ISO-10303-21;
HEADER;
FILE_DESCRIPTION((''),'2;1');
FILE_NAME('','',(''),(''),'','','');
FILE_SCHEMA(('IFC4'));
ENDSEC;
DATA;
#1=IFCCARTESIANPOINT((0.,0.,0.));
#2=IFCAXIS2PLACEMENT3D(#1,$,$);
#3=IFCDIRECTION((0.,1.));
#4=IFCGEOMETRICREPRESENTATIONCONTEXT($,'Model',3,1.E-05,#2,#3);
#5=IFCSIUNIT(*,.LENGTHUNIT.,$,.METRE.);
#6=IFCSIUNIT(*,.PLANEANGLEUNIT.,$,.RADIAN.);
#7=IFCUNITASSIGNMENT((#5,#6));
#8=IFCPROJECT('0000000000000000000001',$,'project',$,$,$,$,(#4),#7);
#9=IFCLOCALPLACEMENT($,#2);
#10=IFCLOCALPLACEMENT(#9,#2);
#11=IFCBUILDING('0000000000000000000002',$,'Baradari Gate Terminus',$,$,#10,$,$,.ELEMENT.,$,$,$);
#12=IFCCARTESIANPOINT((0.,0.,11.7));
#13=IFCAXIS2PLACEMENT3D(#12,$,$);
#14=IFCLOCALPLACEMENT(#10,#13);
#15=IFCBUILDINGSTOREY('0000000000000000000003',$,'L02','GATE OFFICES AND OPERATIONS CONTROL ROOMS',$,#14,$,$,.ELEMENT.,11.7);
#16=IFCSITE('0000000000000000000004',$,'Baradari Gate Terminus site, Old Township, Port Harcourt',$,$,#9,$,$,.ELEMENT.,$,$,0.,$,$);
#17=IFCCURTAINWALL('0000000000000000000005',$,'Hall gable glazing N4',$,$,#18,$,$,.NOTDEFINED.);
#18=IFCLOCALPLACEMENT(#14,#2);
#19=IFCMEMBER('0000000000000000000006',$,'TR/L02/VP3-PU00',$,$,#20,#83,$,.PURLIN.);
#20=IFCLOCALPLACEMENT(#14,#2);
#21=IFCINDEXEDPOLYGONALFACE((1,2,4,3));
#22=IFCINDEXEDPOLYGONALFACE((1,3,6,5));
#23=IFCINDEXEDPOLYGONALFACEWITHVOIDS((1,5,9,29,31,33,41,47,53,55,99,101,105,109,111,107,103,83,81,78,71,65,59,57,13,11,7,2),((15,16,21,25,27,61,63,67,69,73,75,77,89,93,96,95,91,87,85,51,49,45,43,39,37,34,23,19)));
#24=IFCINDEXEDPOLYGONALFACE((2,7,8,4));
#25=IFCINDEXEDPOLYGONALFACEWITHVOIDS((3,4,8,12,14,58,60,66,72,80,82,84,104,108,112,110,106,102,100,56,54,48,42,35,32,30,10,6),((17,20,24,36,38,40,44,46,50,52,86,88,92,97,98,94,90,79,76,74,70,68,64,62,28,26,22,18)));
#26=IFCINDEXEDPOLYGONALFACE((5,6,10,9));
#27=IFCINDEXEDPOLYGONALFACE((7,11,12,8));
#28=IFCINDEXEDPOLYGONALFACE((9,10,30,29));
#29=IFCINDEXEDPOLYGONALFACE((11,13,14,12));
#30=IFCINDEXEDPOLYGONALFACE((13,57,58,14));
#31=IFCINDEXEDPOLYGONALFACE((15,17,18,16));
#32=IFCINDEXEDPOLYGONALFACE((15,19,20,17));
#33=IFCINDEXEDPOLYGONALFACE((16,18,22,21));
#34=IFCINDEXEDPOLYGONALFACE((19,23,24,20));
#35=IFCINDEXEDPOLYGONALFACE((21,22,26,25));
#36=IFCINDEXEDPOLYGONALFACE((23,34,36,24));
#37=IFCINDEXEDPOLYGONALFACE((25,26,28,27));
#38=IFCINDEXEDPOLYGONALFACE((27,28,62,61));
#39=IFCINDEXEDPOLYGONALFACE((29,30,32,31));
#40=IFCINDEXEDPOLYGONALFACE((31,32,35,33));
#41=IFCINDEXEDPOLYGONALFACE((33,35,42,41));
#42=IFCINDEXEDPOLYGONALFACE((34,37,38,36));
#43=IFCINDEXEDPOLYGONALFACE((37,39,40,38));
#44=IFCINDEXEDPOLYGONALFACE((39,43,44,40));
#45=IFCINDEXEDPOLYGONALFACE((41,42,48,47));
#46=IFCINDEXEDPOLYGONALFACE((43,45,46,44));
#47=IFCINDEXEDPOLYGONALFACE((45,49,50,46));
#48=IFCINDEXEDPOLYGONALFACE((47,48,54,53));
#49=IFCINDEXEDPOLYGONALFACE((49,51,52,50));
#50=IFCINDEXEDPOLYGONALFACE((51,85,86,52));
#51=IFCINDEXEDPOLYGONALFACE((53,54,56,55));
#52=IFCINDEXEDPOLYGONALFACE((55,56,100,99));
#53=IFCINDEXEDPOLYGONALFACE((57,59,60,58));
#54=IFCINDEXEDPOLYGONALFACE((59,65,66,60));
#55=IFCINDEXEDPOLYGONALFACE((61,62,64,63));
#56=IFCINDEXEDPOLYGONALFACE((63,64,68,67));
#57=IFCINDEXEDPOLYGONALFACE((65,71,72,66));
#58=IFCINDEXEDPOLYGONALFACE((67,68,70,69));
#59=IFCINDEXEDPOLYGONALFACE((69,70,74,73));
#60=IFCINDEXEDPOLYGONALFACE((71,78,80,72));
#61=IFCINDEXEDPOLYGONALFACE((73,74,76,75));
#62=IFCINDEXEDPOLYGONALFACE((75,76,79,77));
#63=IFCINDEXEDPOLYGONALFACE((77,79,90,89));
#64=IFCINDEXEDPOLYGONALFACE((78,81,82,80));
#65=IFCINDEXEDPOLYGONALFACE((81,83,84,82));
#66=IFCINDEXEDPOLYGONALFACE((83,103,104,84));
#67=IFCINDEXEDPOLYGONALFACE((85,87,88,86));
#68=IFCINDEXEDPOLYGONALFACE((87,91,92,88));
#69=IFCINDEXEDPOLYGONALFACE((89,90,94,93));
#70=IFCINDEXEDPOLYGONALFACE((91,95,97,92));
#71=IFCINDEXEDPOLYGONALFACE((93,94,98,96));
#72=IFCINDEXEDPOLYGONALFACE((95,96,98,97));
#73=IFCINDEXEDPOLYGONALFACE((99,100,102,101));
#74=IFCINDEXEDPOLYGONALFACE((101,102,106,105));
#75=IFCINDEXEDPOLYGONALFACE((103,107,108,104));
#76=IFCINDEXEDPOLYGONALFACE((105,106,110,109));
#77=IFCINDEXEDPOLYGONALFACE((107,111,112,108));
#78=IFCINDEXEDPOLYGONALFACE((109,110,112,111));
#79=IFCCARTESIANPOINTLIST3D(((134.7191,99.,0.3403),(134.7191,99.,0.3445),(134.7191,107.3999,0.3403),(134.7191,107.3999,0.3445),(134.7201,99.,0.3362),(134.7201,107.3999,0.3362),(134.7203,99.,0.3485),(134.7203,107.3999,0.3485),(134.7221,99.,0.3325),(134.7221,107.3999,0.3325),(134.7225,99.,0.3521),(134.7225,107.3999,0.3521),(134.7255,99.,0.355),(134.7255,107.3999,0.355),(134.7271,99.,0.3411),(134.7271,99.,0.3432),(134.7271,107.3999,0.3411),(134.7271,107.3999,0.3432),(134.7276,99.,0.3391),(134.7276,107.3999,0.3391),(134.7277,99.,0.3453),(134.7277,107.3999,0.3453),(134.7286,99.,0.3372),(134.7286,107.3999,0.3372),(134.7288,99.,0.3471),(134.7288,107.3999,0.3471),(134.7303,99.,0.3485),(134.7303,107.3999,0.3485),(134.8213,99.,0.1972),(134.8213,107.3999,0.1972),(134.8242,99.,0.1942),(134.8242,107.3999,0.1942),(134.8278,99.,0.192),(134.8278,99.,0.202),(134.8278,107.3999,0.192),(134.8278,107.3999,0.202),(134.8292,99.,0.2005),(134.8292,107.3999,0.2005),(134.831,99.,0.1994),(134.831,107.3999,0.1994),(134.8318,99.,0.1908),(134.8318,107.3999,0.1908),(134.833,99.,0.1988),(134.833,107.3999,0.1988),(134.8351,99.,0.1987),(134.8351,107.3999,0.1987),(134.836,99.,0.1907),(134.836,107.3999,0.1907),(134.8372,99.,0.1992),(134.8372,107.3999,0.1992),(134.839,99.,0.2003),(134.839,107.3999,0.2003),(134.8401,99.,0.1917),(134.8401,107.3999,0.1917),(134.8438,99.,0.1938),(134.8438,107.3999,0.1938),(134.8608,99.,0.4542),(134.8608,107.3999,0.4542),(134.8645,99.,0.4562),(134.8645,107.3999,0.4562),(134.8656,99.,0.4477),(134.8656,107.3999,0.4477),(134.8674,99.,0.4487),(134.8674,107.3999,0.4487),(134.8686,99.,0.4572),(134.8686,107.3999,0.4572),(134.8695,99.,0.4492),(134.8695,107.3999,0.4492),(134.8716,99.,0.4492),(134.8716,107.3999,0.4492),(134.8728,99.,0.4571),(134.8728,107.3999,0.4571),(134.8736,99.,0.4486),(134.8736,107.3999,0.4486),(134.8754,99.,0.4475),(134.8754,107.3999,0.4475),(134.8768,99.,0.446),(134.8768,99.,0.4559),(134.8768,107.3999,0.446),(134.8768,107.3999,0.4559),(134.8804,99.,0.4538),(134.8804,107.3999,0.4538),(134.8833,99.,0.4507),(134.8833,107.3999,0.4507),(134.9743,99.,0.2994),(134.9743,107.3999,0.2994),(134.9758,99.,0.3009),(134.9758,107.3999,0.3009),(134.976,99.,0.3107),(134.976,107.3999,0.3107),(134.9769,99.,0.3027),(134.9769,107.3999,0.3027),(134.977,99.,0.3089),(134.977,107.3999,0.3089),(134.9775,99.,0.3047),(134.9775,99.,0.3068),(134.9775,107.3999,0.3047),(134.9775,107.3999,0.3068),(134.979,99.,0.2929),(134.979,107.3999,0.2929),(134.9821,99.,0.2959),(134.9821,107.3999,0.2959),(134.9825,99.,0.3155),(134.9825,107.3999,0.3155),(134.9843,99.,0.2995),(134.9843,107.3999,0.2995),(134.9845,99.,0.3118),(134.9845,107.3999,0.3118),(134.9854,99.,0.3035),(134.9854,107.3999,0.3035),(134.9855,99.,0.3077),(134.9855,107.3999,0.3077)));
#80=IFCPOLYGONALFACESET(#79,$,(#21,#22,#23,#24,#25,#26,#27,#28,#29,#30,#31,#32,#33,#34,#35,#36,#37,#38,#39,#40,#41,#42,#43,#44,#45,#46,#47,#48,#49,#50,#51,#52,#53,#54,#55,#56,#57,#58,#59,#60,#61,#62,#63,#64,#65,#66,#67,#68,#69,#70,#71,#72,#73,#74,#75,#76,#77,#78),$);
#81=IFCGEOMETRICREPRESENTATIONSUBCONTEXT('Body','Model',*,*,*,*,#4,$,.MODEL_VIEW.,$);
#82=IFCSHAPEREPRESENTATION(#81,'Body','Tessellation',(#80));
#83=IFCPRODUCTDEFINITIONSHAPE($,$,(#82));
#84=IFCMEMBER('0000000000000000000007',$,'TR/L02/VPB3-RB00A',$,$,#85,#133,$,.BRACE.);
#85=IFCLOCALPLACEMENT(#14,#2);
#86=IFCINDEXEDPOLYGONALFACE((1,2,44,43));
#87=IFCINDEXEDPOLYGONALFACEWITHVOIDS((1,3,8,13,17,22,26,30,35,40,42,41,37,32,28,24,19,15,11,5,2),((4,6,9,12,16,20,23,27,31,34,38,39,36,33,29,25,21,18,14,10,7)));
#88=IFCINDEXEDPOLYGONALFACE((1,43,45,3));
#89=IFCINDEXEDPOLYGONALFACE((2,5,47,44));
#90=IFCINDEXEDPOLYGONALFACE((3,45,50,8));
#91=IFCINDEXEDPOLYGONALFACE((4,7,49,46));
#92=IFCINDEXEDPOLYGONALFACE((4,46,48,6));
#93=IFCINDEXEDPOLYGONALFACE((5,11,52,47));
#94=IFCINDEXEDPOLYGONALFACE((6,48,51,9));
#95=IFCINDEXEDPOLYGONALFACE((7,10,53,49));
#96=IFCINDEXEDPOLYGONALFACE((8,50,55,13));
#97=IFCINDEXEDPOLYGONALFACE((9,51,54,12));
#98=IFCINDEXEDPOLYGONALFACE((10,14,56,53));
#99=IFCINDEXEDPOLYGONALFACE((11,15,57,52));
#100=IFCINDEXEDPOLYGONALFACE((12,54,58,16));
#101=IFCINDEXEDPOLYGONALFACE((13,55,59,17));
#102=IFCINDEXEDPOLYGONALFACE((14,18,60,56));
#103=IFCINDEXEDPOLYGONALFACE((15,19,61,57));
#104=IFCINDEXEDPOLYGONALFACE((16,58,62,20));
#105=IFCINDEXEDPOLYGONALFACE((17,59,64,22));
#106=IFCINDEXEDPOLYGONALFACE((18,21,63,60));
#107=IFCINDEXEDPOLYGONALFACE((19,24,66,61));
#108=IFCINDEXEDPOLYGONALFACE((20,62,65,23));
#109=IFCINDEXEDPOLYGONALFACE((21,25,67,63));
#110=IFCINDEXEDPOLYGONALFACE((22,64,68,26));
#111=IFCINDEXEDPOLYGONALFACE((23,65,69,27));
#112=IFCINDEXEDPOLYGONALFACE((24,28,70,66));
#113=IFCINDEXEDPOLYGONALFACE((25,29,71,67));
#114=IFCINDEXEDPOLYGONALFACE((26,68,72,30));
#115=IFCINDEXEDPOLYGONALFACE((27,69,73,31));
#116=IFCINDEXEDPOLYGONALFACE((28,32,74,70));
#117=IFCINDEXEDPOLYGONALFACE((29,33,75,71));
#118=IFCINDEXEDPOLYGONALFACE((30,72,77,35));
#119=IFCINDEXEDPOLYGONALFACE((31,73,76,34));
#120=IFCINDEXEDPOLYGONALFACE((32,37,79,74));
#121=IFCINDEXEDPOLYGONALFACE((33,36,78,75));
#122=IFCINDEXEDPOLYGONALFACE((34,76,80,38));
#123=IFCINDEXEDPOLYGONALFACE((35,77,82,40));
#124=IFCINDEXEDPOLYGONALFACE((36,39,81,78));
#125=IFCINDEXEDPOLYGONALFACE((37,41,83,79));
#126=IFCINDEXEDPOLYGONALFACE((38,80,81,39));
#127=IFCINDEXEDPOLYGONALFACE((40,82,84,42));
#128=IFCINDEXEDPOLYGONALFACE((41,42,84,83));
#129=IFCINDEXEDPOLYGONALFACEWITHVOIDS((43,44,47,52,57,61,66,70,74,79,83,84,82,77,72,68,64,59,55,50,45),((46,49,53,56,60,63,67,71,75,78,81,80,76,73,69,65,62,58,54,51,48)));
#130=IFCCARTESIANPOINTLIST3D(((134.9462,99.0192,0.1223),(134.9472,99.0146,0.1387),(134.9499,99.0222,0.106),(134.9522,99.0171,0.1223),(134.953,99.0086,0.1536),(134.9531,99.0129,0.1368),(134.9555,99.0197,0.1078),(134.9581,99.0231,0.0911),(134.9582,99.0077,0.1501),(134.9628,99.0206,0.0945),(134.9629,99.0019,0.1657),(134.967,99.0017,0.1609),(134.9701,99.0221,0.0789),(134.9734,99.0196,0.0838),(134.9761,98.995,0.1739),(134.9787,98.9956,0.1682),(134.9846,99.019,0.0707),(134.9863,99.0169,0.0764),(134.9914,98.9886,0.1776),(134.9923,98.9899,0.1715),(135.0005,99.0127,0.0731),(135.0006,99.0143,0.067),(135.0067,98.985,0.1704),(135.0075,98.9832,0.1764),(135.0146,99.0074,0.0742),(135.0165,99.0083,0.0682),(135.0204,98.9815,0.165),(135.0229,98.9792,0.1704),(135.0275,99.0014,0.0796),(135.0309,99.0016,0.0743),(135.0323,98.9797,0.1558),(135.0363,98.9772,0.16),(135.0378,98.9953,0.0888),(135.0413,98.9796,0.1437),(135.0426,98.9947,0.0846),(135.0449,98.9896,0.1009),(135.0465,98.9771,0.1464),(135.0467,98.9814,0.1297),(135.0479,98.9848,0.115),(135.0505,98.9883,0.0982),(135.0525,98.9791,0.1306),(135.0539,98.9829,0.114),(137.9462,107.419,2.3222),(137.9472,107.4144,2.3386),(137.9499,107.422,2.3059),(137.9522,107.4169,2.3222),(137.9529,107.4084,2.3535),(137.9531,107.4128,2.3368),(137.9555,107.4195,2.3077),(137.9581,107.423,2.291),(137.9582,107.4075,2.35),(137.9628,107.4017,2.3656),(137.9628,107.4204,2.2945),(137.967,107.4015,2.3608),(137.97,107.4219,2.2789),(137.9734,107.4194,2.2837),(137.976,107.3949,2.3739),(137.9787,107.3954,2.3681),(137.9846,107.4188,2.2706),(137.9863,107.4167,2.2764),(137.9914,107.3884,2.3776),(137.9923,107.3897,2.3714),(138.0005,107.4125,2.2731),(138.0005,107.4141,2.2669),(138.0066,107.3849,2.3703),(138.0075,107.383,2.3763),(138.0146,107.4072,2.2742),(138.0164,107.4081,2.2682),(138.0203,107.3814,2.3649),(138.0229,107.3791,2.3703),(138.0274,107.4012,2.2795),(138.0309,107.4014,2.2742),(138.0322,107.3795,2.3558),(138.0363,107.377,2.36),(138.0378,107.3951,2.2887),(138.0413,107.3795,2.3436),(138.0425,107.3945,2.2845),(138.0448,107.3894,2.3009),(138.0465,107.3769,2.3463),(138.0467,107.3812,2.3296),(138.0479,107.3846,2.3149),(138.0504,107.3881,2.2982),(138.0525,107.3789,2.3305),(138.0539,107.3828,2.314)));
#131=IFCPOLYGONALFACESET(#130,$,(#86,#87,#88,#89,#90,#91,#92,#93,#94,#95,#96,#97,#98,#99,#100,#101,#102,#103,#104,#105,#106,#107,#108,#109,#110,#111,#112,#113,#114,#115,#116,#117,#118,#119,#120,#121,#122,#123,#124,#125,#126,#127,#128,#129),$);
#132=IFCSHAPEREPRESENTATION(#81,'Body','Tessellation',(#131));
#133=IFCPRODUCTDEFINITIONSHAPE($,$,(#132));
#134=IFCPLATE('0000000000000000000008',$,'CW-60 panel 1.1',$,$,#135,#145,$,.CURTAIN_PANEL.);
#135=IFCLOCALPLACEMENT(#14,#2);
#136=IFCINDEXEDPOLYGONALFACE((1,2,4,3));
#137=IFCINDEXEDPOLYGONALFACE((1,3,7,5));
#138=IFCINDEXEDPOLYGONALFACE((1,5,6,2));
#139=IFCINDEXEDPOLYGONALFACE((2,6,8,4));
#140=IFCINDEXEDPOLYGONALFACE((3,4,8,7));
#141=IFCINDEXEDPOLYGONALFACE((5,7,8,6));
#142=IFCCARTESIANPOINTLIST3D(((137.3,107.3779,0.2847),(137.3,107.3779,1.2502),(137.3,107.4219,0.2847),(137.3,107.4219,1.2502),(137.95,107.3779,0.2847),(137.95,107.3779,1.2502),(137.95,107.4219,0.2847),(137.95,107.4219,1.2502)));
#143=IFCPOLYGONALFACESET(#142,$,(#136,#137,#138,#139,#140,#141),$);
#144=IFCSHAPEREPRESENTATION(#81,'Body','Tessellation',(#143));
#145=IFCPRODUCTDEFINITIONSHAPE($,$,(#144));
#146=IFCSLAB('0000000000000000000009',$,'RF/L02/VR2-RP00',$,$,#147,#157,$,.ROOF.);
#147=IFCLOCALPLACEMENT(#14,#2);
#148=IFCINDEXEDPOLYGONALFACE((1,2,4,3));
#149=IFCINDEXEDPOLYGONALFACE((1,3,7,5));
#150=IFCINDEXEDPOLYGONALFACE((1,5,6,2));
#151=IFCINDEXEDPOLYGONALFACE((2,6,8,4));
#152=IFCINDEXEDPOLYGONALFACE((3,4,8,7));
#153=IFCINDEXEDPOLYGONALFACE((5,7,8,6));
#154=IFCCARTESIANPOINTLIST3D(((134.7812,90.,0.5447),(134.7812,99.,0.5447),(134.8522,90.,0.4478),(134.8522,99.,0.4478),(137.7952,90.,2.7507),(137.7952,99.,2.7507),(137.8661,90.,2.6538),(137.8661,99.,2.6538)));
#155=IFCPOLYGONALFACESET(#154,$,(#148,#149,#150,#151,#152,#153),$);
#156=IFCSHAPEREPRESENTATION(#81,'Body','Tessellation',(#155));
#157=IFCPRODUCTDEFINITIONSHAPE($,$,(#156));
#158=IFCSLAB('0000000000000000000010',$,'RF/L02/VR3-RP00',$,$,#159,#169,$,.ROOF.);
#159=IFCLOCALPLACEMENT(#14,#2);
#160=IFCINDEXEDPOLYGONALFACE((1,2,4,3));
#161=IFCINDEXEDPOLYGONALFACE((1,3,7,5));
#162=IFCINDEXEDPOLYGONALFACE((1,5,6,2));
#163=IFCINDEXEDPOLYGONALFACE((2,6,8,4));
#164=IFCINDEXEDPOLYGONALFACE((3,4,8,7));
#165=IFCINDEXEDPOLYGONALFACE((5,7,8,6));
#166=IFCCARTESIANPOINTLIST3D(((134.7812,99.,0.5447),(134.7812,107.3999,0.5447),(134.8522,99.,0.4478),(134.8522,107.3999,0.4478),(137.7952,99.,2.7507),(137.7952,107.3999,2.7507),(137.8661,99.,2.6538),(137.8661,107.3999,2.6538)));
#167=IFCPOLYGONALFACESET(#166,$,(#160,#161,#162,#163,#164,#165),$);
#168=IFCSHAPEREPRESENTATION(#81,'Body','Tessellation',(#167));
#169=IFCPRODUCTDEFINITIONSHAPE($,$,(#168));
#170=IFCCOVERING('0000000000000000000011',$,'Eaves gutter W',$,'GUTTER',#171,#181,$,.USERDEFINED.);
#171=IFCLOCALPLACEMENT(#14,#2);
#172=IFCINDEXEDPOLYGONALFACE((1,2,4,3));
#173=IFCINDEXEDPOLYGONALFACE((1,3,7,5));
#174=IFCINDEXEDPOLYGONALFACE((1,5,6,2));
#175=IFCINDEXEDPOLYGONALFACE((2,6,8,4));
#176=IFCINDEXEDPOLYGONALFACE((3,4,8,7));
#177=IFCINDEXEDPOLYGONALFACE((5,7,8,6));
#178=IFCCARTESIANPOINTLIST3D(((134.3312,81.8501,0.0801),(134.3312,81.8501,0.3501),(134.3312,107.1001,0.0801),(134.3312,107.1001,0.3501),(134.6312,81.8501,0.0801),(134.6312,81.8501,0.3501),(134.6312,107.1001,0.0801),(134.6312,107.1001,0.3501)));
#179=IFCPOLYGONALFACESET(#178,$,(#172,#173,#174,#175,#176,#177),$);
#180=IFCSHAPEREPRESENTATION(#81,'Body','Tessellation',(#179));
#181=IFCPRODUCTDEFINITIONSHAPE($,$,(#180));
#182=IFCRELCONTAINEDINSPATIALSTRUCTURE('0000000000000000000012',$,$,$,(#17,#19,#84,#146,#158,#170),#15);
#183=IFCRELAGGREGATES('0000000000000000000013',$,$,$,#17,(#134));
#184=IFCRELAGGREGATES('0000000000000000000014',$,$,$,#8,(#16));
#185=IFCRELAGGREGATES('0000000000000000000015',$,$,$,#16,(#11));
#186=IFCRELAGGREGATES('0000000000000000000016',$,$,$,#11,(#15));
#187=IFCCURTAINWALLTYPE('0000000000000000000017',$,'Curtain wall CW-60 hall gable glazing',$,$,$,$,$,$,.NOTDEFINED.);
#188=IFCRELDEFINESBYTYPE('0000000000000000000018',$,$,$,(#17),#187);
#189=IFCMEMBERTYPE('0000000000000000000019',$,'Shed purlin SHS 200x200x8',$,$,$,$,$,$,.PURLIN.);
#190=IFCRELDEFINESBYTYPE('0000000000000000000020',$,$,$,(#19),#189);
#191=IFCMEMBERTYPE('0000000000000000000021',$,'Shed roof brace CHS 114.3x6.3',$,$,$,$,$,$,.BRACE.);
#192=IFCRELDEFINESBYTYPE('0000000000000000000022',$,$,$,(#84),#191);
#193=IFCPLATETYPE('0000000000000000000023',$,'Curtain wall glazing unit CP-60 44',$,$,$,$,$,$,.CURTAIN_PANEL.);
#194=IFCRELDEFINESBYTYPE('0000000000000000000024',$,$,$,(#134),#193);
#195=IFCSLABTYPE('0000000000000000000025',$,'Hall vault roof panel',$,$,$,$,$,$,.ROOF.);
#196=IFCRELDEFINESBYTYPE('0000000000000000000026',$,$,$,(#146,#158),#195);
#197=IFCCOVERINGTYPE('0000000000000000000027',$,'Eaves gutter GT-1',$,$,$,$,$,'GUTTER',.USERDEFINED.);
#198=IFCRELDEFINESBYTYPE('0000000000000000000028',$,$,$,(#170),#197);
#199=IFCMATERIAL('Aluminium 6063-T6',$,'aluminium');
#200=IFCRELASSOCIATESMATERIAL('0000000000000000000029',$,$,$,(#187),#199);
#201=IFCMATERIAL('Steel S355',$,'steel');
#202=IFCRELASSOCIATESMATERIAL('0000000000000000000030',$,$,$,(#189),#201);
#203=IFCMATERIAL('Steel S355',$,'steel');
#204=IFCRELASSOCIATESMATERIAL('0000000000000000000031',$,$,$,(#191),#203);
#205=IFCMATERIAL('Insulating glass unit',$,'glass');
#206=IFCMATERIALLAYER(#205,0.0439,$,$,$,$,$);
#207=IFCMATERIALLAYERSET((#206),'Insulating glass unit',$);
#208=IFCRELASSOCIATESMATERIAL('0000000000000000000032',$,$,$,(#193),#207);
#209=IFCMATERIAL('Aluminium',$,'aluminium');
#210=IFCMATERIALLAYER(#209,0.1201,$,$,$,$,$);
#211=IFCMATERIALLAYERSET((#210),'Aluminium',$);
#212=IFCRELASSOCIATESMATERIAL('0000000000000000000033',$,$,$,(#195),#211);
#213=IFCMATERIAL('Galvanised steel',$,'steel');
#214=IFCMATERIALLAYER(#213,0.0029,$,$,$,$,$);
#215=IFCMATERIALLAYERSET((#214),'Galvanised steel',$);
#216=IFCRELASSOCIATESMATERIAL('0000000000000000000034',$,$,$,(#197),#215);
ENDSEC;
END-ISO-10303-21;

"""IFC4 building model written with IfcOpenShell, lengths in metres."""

from ifc_helpers import new_model, si_unit, direction, frame, origin, origin_2d, place, context, subcontext, project, spatial, polyline, rectangle, hollow_rectangle, hollow_circle, outline, extrude, material, layer, layer_set, material_profile, profile_set, type_object, element, aggregate, save


model = new_model("IFC4")

# Units and contexts
model_context = context("Model", 3, precision=1e-05, world=origin(), true_north=direction((0.0, 1.0)))
body_context = subcontext(model_context, "Body", "Model", "MODEL_VIEW")
ifc_project = project(units=[si_unit("LENGTHUNIT", "METRE"), si_unit("PLANEANGLEUNIT", "RADIAN")], contexts=[model_context])

# Site, building, storey
site_placement = place(None, origin())
site = spatial("IfcSite", under=ifc_project, at=site_placement, Name="Baradari Gate Terminus site, Old Township, Port Harcourt", CompositionType="ELEMENT", RefElevation=0.0)
building_placement = place(site_placement, origin())
building = spatial("IfcBuilding", under=site, at=building_placement, Name="Baradari Gate Terminus", CompositionType="ELEMENT")
storey_placement = place(building_placement, frame((0.0, 0.0, 11.7)))
storey = spatial("IfcBuildingStorey", under=building, at=storey_placement, Name="L02", Description="GATE OFFICES AND OPERATIONS CONTROL ROOMS", CompositionType="ELEMENT", Elevation=11.7)

# Curtain wall
ifc_material_1 = material(Name="Aluminium 6063-T6", Category="aluminium")
curtain_wall_type = type_object("IfcCurtainWallType", Name="Curtain wall CW-60 hall gable glazing", PredefinedType="NOTDEFINED", material=ifc_material_1)
curtain_wall_placement = place(storey_placement, origin())
curtain_wall = element("IfcCurtainWall", 1, at=curtain_wall_placement, inside=storey, type_object=curtain_wall_type, Name="Hall gable glazing N4", PredefinedType="NOTDEFINED")

# Members
ifc_material_2 = material(Name="Steel S355", Category="steel")
ifc_material_profile_1 = material_profile(ifc_material_2, hollow_rectangle(XDim=0.2, YDim=0.2, WallThickness=0.0081, InnerFilletRadius=0.0081, OuterFilletRadius=0.0161, at=origin_2d()), Name="SHS 200x200x8")
ifc_profile_set_1 = profile_set([ifc_material_profile_1], Name="Steel S355")
member_type_1 = type_object("IfcMemberType", Name="Shed purlin SHS 200x200x8", PredefinedType="PURLIN", material=ifc_profile_set_1)
member_1_placement = place(storey_placement, frame((134.8523, 99.0, 0.324), z_axis=(0.0, 1.0, 0.0), x_axis=(-0.806405, 0.0, -0.591364)))
element("IfcMember", 2, at=member_1_placement, inside=storey, type_object=member_type_1, Name="TR/L02/VP3-PU00", PredefinedType="PURLIN", context=body_context, shape_type="SweptSolid", body=[
    extrude(hollow_rectangle(XDim=0.2, YDim=0.2, WallThickness=0.0081, InnerFilletRadius=0.0081, OuterFilletRadius=0.0161, at=origin_2d()), origin(), (0.0, 0.0, 1.0), 8.3999),
])
ifc_material_3 = material(Name="Steel S355", Category="steel")
ifc_material_profile_2 = material_profile(ifc_material_3, hollow_circle(Radius=0.0571, WallThickness=0.0063, at=origin_2d()), Name="CHS 114.3x6.3")
ifc_profile_set_2 = profile_set([ifc_material_profile_2], Name="Steel S355")
member_type_2 = type_object("IfcMemberType", Name="Shed roof brace CHS 114.3x6.3", PredefinedType="BRACE", material=ifc_profile_set_2)
member_2_placement = place(storey_placement, frame((135.0, 99.0, 0.1223), z_axis=(0.326554, 0.91434, 0.239468), x_axis=(-0.941741, 0.33634, 0.0)))
element("IfcMember", 3, at=member_2_placement, inside=storey, type_object=member_type_2, Name="TR/L02/VPB3-RB00A", PredefinedType="BRACE", context=body_context, shape_type="SweptSolid", body=[
    extrude(hollow_circle(Radius=0.0571, WallThickness=0.0063, at=origin_2d()), origin(), (0.0, 0.0, 1.0), 9.1868),
])

# Plate
ifc_material_4 = material(Name="Insulating glass unit", Category="glass")
ifc_layer_1 = layer(ifc_material_4, 0.0439)
ifc_layer_set_1 = layer_set([ifc_layer_1], Name="Insulating glass unit")
plate_type = type_object("IfcPlateType", Name="Curtain wall glazing unit CP-60 44", PredefinedType="CURTAIN_PANEL", material=ifc_layer_set_1)
plate_placement = place(storey_placement, frame((137.625, 107.3999, 0.2847), z_axis=(0.0, 0.0, 1.0), x_axis=(1.0, 0.0, 0.0)))
plate = element("IfcPlate", 4, at=plate_placement, type_object=plate_type, Name="CW-60 panel 1.1", PredefinedType="CURTAIN_PANEL", context=body_context, shape_type="SweptSolid", body=[
    extrude(rectangle(XDim=0.6499, YDim=0.0439, at=origin_2d()), origin(), (0.0, 0.0, 1.0), 0.9656),
])
aggregate(curtain_wall, [plate])

# Slabs
ifc_material_5 = material(Name="Aluminium", Category="aluminium")
ifc_layer_2 = layer(ifc_material_5, 0.1201)
ifc_layer_set_2 = layer_set([ifc_layer_2], Name="Aluminium")
slab_type = type_object("IfcSlabType", Name="Hall vault roof panel", PredefinedType="ROOF", material=ifc_layer_set_2)
slab_1_placement = place(storey_placement, frame((134.7812, 90.0, 0.5447), z_axis=(-0.590641, 0.0, 0.806935), x_axis=(0.0, 1.0, 0.0)))
element("IfcSlab", 5, at=slab_1_placement, inside=storey, type_object=slab_type, Name="RF/L02/VR2-RP00", PredefinedType="ROOF", context=body_context, shape_type="SweptSolid", body=[
    extrude(outline(polyline([(0.0, 0.0), (9.0, 0.0), (9.0, -3.735), (0.0, -3.735), (0.0, 0.0)])), origin(), (0.0, 0.0, -1.0), 0.1201),
])
slab_2_placement = place(storey_placement, frame((134.7812, 99.0, 0.5447), z_axis=(-0.590641, 0.0, 0.806935), x_axis=(0.0, 1.0, 0.0)))
element("IfcSlab", 6, at=slab_2_placement, inside=storey, type_object=slab_type, Name="RF/L02/VR3-RP00", PredefinedType="ROOF", context=body_context, shape_type="SweptSolid", body=[
    extrude(outline(polyline([(0.0, 0.0), (8.3999, 0.0), (8.3999, -3.735), (0.0, -3.735), (0.0, 0.0)])), origin(), (0.0, 0.0, -1.0), 0.1201),
])

# Covering
ifc_material_6 = material(Name="Galvanised steel", Category="steel")
ifc_layer_3 = layer(ifc_material_6, 0.0029)
ifc_layer_set_3 = layer_set([ifc_layer_3], Name="Galvanised steel")
covering_type_1 = type_object("IfcCoveringType", Name="Eaves gutter GT-1", ElementType="GUTTER", PredefinedType="USERDEFINED", material=ifc_layer_set_3)
covering_1_placement = place(storey_placement, frame((134.4812, 94.4751, 0.0801), z_axis=(0.0, 0.0, 1.0), x_axis=(1.0, 0.0, 0.0)))
element("IfcCovering", 7, at=covering_1_placement, inside=storey, type_object=covering_type_1, Name="Eaves gutter W", ObjectType="GUTTER", PredefinedType="USERDEFINED", context=body_context, shape_type="SweptSolid", body=[
    extrude(rectangle(XDim=0.3, YDim=25.25, at=origin_2d()), origin(), (0.0, 0.0, 1.0), 0.27),
])

save(model, "model.ifc")
